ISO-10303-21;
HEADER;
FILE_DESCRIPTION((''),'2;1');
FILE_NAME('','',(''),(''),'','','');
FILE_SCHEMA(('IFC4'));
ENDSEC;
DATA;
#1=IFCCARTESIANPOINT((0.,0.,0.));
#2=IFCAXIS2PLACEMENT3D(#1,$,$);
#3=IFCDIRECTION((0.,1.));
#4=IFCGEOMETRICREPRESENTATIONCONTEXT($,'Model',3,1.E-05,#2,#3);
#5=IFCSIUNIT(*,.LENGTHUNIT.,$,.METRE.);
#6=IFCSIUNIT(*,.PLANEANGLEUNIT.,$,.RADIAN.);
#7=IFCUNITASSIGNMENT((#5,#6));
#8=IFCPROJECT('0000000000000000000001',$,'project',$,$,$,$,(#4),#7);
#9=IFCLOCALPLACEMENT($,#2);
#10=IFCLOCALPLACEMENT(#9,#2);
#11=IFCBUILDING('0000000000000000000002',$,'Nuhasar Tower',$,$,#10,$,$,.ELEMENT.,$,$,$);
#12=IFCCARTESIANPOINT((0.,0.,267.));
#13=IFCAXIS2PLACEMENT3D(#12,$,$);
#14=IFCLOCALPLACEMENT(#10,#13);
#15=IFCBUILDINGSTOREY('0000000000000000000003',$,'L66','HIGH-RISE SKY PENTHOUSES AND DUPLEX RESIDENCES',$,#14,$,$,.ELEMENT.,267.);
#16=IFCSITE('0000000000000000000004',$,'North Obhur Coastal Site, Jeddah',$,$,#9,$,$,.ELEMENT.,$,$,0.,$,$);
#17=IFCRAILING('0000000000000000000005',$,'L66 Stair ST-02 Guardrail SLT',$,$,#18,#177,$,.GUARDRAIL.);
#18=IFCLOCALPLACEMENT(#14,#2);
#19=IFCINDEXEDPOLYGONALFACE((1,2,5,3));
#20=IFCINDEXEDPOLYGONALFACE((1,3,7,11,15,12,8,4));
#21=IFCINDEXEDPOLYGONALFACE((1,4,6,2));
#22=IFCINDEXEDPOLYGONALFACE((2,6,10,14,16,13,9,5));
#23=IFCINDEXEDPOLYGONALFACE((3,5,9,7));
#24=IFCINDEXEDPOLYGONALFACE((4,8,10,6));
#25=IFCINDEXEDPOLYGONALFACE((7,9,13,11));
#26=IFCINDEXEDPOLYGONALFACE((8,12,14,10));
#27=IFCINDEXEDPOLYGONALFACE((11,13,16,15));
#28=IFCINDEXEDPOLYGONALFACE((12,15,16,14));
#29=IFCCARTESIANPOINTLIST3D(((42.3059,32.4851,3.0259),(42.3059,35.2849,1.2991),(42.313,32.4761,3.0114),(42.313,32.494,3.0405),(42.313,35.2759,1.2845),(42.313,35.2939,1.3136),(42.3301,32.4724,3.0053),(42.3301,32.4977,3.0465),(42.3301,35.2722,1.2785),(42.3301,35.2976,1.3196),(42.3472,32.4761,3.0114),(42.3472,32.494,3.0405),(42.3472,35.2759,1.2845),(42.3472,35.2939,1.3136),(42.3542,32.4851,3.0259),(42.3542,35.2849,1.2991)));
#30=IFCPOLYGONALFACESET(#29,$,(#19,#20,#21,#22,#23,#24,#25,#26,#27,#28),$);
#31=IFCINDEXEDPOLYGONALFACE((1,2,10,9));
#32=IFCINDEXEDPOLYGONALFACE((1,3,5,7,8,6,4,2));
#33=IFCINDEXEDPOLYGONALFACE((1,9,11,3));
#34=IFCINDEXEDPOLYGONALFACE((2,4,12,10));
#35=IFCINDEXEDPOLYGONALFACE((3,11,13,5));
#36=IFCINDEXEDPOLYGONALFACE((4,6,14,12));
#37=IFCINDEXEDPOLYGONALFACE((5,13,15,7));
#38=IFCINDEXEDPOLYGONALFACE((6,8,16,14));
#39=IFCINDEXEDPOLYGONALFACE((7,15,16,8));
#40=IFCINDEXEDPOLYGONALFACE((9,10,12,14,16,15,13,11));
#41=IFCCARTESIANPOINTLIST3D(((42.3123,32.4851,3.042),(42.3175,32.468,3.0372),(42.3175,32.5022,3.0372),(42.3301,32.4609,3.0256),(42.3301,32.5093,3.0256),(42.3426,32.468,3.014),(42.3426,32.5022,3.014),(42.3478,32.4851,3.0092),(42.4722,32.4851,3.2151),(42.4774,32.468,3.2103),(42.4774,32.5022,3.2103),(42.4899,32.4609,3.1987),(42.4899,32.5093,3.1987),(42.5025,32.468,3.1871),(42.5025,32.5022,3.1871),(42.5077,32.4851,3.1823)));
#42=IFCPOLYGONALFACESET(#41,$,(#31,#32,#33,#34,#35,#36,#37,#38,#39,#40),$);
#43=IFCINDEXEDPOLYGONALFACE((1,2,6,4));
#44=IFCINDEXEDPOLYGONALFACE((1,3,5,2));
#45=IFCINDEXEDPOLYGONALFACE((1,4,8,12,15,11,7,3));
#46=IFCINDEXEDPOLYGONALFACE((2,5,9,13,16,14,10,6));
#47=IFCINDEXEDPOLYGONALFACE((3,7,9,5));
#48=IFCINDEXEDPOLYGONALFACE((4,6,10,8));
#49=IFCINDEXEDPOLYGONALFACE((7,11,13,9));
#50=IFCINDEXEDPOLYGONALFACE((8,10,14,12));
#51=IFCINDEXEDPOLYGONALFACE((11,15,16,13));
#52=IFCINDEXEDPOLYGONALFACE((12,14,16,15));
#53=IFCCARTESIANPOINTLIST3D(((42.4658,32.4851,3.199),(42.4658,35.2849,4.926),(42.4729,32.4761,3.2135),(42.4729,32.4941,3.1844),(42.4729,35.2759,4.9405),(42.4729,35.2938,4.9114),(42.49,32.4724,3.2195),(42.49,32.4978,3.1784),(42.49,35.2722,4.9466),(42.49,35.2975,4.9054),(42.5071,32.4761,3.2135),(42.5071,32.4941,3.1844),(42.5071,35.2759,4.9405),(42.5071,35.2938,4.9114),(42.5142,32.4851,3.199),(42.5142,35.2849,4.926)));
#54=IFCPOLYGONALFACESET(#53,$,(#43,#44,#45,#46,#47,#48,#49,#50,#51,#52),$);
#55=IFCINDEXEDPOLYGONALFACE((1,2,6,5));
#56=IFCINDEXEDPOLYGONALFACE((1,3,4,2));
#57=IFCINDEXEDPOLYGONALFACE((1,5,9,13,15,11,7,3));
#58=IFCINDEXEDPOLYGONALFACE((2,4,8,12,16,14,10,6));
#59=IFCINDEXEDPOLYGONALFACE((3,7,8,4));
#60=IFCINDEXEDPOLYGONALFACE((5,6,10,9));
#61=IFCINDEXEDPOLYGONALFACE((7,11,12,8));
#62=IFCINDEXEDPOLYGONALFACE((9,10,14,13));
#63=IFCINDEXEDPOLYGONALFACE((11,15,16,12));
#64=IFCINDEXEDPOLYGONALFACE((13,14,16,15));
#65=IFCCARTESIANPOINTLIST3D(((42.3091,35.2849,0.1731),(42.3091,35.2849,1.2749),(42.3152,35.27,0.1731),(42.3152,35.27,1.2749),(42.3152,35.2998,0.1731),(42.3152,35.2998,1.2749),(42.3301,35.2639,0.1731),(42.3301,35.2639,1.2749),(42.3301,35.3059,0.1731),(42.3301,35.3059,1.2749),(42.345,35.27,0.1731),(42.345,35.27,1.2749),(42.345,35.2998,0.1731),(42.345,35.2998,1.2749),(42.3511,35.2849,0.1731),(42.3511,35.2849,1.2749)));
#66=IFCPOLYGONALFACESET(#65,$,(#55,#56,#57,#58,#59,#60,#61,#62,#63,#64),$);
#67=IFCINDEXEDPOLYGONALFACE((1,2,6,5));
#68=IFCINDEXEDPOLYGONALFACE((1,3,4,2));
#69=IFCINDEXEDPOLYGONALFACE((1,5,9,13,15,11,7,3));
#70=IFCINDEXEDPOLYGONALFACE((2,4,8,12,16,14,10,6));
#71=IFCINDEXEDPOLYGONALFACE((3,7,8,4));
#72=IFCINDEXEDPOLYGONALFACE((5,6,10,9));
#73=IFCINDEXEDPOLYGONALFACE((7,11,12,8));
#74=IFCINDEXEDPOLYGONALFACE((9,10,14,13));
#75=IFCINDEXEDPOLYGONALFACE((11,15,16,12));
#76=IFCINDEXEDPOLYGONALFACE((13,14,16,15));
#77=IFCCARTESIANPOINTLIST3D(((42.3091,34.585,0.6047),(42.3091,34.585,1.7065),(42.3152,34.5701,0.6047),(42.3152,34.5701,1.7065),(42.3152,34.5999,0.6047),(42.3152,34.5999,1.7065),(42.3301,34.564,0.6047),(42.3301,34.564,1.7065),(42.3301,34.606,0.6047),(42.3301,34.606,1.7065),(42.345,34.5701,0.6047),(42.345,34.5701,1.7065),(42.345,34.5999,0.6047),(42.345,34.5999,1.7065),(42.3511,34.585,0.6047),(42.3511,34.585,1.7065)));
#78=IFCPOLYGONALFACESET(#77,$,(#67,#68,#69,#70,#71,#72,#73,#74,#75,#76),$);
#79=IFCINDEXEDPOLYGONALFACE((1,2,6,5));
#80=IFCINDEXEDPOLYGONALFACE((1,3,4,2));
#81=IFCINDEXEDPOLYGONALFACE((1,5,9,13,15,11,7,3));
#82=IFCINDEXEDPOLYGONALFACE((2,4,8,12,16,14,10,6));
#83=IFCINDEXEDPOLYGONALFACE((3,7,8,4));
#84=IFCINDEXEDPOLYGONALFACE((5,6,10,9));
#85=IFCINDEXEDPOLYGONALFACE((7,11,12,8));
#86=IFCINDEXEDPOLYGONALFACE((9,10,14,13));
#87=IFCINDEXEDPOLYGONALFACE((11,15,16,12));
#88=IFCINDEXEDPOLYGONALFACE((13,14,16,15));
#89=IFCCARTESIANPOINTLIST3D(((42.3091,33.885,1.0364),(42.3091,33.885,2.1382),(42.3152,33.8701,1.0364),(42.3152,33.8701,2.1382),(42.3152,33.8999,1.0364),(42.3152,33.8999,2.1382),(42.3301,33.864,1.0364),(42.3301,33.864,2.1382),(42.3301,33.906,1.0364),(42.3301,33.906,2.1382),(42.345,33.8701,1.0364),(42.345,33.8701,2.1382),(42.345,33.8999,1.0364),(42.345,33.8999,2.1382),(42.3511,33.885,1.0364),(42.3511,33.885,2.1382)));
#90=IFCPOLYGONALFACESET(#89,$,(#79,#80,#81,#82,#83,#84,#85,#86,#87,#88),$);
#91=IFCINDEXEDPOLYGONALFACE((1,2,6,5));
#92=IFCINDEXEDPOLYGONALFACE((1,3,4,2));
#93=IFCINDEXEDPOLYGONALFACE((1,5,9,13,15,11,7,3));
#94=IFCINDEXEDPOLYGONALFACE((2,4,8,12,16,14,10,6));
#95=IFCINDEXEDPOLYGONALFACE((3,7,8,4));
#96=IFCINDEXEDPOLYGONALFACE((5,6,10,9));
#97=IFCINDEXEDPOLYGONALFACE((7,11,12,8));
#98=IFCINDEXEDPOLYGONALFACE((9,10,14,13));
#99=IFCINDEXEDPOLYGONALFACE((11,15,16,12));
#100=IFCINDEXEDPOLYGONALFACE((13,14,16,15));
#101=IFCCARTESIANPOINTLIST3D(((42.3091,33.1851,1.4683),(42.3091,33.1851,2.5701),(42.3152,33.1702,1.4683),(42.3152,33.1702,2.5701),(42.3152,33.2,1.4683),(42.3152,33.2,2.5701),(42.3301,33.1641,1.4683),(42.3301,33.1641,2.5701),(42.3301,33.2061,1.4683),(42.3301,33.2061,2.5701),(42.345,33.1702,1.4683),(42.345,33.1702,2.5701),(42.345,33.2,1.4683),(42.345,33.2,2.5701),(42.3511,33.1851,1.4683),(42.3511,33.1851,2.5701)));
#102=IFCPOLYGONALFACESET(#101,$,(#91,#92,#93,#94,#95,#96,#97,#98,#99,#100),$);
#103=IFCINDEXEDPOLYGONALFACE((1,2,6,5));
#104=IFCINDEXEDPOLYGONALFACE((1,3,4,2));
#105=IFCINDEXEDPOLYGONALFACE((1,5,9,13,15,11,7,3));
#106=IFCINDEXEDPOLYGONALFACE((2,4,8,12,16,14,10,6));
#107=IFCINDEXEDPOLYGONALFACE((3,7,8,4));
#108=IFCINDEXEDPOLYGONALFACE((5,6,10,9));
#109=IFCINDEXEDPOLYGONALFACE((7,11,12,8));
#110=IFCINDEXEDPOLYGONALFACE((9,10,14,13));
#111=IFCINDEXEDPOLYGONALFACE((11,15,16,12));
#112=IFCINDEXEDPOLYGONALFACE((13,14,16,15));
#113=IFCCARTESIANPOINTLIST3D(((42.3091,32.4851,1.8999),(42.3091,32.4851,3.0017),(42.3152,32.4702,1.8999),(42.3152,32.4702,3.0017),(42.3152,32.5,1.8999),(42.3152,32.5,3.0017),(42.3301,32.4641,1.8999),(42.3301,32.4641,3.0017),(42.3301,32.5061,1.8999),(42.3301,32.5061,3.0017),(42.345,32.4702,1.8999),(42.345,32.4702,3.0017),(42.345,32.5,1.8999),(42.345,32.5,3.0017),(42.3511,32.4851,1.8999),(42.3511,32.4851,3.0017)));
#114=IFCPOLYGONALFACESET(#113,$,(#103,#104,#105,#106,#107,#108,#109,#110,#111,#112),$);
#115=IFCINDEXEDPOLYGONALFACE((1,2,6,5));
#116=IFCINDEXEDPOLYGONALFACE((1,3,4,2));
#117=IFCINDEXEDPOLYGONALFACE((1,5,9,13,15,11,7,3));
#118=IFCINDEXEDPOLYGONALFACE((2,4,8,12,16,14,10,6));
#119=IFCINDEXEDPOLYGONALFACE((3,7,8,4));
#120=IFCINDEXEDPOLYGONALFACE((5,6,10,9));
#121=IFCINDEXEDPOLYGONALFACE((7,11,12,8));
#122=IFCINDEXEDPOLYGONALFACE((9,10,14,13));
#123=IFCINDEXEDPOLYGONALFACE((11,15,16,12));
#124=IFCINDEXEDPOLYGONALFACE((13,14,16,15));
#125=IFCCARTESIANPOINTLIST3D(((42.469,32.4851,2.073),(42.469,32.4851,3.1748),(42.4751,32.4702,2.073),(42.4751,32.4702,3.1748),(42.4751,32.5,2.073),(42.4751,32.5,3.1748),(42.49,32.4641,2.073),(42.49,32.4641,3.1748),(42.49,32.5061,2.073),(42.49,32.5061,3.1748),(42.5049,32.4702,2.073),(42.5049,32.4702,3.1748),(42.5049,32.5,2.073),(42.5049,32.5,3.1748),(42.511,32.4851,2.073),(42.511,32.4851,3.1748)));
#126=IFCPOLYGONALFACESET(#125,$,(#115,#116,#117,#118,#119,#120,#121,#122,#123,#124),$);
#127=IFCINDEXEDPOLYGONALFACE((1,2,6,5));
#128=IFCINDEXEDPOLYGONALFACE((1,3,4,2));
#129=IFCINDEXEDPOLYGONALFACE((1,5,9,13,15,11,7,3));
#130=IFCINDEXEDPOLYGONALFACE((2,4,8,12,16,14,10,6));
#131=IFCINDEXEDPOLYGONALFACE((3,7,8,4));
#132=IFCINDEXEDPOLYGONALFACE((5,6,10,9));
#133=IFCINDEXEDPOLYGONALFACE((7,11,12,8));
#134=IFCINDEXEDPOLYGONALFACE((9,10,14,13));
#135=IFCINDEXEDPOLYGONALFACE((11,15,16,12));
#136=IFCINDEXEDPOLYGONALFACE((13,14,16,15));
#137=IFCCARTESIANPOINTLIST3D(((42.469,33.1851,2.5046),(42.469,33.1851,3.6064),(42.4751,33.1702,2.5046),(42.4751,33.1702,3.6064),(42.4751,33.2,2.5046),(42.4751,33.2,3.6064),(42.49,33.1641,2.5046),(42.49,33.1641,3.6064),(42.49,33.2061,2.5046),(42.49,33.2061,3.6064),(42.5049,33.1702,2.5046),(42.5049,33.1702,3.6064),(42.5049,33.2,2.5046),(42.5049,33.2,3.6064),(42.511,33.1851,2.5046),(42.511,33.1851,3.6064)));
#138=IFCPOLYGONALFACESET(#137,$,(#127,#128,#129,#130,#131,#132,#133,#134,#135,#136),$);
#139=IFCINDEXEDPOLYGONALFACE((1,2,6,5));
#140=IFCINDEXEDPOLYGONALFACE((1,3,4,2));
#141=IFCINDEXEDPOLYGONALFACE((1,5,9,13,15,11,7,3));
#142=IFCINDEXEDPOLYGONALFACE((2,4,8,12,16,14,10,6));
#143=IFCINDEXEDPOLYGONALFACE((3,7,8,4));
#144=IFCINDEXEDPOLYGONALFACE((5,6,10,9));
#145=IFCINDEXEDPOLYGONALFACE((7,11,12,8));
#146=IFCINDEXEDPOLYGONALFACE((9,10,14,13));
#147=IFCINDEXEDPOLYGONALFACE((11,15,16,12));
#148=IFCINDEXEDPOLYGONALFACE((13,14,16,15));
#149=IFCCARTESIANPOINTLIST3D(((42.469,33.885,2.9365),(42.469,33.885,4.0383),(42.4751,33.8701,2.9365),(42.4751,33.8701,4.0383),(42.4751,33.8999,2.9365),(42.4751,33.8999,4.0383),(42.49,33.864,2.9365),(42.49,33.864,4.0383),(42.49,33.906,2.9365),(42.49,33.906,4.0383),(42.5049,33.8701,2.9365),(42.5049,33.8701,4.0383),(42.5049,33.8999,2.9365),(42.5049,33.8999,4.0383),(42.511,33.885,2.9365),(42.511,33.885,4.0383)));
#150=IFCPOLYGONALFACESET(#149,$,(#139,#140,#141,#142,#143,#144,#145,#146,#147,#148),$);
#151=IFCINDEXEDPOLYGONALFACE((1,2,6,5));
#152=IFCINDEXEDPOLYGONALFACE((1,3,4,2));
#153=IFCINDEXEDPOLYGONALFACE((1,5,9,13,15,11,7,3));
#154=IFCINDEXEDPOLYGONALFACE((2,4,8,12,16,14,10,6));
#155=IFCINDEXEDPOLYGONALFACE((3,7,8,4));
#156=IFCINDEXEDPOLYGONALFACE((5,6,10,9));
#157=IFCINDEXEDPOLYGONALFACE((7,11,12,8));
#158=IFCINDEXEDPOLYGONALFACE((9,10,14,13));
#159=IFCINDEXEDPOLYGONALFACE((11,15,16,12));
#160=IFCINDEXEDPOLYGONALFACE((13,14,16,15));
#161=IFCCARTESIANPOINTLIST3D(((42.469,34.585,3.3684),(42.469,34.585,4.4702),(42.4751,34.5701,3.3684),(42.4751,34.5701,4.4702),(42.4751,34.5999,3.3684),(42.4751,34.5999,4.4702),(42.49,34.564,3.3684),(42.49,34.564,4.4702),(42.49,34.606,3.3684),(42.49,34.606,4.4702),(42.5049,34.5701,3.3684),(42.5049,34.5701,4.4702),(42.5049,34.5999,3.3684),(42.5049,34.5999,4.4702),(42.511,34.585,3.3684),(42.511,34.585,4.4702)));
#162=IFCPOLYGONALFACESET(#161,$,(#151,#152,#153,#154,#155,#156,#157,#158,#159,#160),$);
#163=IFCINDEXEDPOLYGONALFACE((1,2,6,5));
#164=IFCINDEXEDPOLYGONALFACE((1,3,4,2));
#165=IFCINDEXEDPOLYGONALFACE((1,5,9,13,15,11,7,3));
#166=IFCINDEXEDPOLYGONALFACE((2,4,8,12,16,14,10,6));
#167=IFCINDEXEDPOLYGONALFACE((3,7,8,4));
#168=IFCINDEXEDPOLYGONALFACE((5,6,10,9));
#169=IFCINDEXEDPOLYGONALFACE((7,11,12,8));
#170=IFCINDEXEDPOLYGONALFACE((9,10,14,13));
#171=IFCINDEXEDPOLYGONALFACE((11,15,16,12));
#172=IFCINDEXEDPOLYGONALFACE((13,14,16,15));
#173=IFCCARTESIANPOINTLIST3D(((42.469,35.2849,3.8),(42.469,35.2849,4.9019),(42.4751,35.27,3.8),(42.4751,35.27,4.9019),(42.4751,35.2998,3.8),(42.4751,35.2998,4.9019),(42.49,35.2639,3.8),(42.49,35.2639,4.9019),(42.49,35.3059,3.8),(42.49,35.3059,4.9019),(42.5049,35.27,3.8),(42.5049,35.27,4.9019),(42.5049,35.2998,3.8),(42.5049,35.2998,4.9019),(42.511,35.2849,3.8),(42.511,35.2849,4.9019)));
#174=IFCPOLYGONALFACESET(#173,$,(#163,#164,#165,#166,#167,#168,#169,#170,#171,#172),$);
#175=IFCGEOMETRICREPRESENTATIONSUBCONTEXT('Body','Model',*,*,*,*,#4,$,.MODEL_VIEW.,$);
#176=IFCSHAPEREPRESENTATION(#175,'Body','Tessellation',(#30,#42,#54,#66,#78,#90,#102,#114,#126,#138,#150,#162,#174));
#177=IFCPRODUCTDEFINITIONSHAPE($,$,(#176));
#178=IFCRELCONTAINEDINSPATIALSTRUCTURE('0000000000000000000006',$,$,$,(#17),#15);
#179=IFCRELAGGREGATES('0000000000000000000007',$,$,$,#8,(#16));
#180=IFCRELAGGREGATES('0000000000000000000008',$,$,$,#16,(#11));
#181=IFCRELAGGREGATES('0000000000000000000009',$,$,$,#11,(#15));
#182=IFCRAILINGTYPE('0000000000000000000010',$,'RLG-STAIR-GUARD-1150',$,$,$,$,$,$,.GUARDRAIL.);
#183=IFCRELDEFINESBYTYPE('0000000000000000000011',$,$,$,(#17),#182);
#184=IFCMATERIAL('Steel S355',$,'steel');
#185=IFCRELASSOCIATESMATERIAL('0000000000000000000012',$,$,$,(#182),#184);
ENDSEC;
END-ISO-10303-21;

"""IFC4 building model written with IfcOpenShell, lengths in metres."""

from ifc_helpers import new_model, si_unit, direction, frame, origin, place, context, subcontext, project, spatial, polyline, outline, extrude, material, type_object, element, save


model = new_model("IFC4")

# Units and contexts
model_context = context("Model", 3, precision=1e-05, world=origin(), true_north=direction((0.0, 1.0)))
body_context = subcontext(model_context, "Body", "Model", "MODEL_VIEW")
ifc_project = project(units=[si_unit("LENGTHUNIT", "METRE"), si_unit("PLANEANGLEUNIT", "RADIAN")], contexts=[model_context])

# Site, building, storey
site_placement = place(None, origin())
site = spatial("IfcSite", under=ifc_project, at=site_placement, Name="North Obhur Coastal Site, Jeddah", CompositionType="ELEMENT", RefElevation=0.0)
building_placement = place(site_placement, origin())
building = spatial("IfcBuilding", under=site, at=building_placement, Name="Nuhasar Tower", CompositionType="ELEMENT")
storey_placement = place(building_placement, frame((0.0, 0.0, 267.0)))
storey = spatial("IfcBuildingStorey", under=building, at=storey_placement, Name="L66", Description="HIGH-RISE SKY PENTHOUSES AND DUPLEX RESIDENCES", CompositionType="ELEMENT", Elevation=267.0)

# Shared definitions
ifc_material_1 = material(Name="Steel S355", Category="steel")

# Railing
railing_type_1 = type_object("IfcRailingType", Name="RLG-STAIR-GUARD-1150", PredefinedType="GUARDRAIL", material=ifc_material_1)
railing_1_placement = place(storey_placement, frame((42.3301, 35.2849, 0.1731)))
element("IfcRailing", 1, at=railing_1_placement, inside=storey, type_object=railing_type_1, Name="L66 Stair ST-02 Guardrail SLT", PredefinedType="GUARDRAIL", context=body_context, shape_type="SweptSolid", body=[
    extrude(outline(polyline([(0.0242, 0.0), (0.0171, 0.0171), (0.0, 0.0242), (-0.0171, 0.0171), (-0.0242, 0.0), (-0.0171, -0.0171), (0.0, -0.0242), (0.0171, -0.0171), (0.0242, 0.0)])), frame((0.0, 0.0, 1.126), z_axis=(0.0, -0.851135, 0.524946), x_axis=(1.0, 0.0, 0.0)), (0.0, 0.0, 1.0), 3.2896),
    extrude(outline(polyline([(0.0242, 0.0), (0.0171, 0.0171), (0.0, 0.0242), (-0.0171, 0.0171), (-0.0242, 0.0), (-0.0171, -0.0171), (0.0, -0.0242), (0.0171, -0.0171), (0.0242, 0.0)])), frame((0.0, -2.7998, 2.8525), z_axis=(0.678581, 0.0, 0.734525), x_axis=(0.0, 1.0, 0.0)), (0.0, 0.0, 1.0), 0.2356),
    extrude(outline(polyline([(0.0242, 0.0), (0.0171, 0.0171), (0.0, 0.0242), (-0.0171, 0.0171), (-0.0242, 0.0), (-0.0171, -0.0171), (0.0, -0.0242), (0.0171, -0.0171), (0.0242, 0.0)])), frame((0.1599, -2.7998, 3.0259), z_axis=(0.0, 0.851102, 0.525), x_axis=(-1.0, 0.0, 0.0)), (0.0, 0.0, 1.0), 3.2896),
    extrude(outline(polyline([(0.021, 0.0), (0.0149, 0.0149), (0.0, 0.021), (-0.0149, 0.0149), (-0.021, 0.0), (-0.0149, -0.0149), (0.0, -0.021), (0.0149, -0.0149), (0.021, 0.0)])), origin(), (0.0, 0.0, 1.0), 1.1018),
    extrude(outline(polyline([(0.021, 0.0), (0.0149, 0.0149), (0.0, 0.021), (-0.0149, 0.0149), (-0.021, 0.0), (-0.0149, -0.0149), (0.0, -0.021), (0.0149, -0.0149), (0.021, 0.0)])), frame((0.0, -0.7, 0.4316)), (0.0, 0.0, 1.0), 1.1018),
    extrude(outline(polyline([(0.021, 0.0), (0.0149, 0.0149), (0.0, 0.021), (-0.0149, 0.0149), (-0.021, 0.0), (-0.0149, -0.0149), (0.0, -0.021), (0.0149, -0.0149), (0.021, 0.0)])), frame((0.0, -1.3999, 0.8633)), (0.0, 0.0, 1.0), 1.1018),
    extrude(outline(polyline([(0.021, 0.0), (0.0149, 0.0149), (0.0, 0.021), (-0.0149, 0.0149), (-0.021, 0.0), (-0.0149, -0.0149), (0.0, -0.021), (0.0149, -0.0149), (0.021, 0.0)])), frame((0.0, -2.0999, 1.2952)), (0.0, 0.0, 1.0), 1.1018),
    extrude(outline(polyline([(0.021, 0.0), (0.0149, 0.0149), (0.0, 0.021), (-0.0149, 0.0149), (-0.021, 0.0), (-0.0149, -0.0149), (0.0, -0.021), (0.0149, -0.0149), (0.021, 0.0)])), frame((0.0, -2.7998, 1.7268)), (0.0, 0.0, 1.0), 1.1018),
    extrude(outline(polyline([(0.021, 0.0), (0.0149, 0.0149), (0.0, 0.021), (-0.0149, 0.0149), (-0.021, 0.0), (-0.0149, -0.0149), (0.0, -0.021), (0.0149, -0.0149), (0.021, 0.0)])), frame((0.1599, -2.7998, 1.8999)), (0.0, 0.0, 1.0), 1.1018),
    extrude(outline(polyline([(0.021, 0.0), (0.0149, 0.0149), (0.0, 0.021), (-0.0149, 0.0149), (-0.021, 0.0), (-0.0149, -0.0149), (0.0, -0.021), (0.0149, -0.0149), (0.021, 0.0)])), frame((0.1599, -2.0999, 2.3315)), (0.0, 0.0, 1.0), 1.1018),
    extrude(outline(polyline([(0.021, 0.0), (0.0149, 0.0149), (0.0, 0.021), (-0.0149, 0.0149), (-0.021, 0.0), (-0.0149, -0.0149), (0.0, -0.021), (0.0149, -0.0149), (0.021, 0.0)])), frame((0.1599, -1.3999, 2.7634)), (0.0, 0.0, 1.0), 1.1018),
    extrude(outline(polyline([(0.021, 0.0), (0.0149, 0.0149), (0.0, 0.021), (-0.0149, 0.0149), (-0.021, 0.0), (-0.0149, -0.0149), (0.0, -0.021), (0.0149, -0.0149), (0.021, 0.0)])), frame((0.1599, -0.7, 3.1953)), (0.0, 0.0, 1.0), 1.1018),
    extrude(outline(polyline([(0.021, 0.0), (0.0149, 0.0149), (0.0, 0.021), (-0.0149, 0.0149), (-0.021, 0.0), (-0.0149, -0.0149), (0.0, -0.021), (0.0149, -0.0149), (0.021, 0.0)])), frame((0.1599, 0.0, 3.627)), (0.0, 0.0, 1.0), 1.1018),
])

save(model, "model.ifc")
